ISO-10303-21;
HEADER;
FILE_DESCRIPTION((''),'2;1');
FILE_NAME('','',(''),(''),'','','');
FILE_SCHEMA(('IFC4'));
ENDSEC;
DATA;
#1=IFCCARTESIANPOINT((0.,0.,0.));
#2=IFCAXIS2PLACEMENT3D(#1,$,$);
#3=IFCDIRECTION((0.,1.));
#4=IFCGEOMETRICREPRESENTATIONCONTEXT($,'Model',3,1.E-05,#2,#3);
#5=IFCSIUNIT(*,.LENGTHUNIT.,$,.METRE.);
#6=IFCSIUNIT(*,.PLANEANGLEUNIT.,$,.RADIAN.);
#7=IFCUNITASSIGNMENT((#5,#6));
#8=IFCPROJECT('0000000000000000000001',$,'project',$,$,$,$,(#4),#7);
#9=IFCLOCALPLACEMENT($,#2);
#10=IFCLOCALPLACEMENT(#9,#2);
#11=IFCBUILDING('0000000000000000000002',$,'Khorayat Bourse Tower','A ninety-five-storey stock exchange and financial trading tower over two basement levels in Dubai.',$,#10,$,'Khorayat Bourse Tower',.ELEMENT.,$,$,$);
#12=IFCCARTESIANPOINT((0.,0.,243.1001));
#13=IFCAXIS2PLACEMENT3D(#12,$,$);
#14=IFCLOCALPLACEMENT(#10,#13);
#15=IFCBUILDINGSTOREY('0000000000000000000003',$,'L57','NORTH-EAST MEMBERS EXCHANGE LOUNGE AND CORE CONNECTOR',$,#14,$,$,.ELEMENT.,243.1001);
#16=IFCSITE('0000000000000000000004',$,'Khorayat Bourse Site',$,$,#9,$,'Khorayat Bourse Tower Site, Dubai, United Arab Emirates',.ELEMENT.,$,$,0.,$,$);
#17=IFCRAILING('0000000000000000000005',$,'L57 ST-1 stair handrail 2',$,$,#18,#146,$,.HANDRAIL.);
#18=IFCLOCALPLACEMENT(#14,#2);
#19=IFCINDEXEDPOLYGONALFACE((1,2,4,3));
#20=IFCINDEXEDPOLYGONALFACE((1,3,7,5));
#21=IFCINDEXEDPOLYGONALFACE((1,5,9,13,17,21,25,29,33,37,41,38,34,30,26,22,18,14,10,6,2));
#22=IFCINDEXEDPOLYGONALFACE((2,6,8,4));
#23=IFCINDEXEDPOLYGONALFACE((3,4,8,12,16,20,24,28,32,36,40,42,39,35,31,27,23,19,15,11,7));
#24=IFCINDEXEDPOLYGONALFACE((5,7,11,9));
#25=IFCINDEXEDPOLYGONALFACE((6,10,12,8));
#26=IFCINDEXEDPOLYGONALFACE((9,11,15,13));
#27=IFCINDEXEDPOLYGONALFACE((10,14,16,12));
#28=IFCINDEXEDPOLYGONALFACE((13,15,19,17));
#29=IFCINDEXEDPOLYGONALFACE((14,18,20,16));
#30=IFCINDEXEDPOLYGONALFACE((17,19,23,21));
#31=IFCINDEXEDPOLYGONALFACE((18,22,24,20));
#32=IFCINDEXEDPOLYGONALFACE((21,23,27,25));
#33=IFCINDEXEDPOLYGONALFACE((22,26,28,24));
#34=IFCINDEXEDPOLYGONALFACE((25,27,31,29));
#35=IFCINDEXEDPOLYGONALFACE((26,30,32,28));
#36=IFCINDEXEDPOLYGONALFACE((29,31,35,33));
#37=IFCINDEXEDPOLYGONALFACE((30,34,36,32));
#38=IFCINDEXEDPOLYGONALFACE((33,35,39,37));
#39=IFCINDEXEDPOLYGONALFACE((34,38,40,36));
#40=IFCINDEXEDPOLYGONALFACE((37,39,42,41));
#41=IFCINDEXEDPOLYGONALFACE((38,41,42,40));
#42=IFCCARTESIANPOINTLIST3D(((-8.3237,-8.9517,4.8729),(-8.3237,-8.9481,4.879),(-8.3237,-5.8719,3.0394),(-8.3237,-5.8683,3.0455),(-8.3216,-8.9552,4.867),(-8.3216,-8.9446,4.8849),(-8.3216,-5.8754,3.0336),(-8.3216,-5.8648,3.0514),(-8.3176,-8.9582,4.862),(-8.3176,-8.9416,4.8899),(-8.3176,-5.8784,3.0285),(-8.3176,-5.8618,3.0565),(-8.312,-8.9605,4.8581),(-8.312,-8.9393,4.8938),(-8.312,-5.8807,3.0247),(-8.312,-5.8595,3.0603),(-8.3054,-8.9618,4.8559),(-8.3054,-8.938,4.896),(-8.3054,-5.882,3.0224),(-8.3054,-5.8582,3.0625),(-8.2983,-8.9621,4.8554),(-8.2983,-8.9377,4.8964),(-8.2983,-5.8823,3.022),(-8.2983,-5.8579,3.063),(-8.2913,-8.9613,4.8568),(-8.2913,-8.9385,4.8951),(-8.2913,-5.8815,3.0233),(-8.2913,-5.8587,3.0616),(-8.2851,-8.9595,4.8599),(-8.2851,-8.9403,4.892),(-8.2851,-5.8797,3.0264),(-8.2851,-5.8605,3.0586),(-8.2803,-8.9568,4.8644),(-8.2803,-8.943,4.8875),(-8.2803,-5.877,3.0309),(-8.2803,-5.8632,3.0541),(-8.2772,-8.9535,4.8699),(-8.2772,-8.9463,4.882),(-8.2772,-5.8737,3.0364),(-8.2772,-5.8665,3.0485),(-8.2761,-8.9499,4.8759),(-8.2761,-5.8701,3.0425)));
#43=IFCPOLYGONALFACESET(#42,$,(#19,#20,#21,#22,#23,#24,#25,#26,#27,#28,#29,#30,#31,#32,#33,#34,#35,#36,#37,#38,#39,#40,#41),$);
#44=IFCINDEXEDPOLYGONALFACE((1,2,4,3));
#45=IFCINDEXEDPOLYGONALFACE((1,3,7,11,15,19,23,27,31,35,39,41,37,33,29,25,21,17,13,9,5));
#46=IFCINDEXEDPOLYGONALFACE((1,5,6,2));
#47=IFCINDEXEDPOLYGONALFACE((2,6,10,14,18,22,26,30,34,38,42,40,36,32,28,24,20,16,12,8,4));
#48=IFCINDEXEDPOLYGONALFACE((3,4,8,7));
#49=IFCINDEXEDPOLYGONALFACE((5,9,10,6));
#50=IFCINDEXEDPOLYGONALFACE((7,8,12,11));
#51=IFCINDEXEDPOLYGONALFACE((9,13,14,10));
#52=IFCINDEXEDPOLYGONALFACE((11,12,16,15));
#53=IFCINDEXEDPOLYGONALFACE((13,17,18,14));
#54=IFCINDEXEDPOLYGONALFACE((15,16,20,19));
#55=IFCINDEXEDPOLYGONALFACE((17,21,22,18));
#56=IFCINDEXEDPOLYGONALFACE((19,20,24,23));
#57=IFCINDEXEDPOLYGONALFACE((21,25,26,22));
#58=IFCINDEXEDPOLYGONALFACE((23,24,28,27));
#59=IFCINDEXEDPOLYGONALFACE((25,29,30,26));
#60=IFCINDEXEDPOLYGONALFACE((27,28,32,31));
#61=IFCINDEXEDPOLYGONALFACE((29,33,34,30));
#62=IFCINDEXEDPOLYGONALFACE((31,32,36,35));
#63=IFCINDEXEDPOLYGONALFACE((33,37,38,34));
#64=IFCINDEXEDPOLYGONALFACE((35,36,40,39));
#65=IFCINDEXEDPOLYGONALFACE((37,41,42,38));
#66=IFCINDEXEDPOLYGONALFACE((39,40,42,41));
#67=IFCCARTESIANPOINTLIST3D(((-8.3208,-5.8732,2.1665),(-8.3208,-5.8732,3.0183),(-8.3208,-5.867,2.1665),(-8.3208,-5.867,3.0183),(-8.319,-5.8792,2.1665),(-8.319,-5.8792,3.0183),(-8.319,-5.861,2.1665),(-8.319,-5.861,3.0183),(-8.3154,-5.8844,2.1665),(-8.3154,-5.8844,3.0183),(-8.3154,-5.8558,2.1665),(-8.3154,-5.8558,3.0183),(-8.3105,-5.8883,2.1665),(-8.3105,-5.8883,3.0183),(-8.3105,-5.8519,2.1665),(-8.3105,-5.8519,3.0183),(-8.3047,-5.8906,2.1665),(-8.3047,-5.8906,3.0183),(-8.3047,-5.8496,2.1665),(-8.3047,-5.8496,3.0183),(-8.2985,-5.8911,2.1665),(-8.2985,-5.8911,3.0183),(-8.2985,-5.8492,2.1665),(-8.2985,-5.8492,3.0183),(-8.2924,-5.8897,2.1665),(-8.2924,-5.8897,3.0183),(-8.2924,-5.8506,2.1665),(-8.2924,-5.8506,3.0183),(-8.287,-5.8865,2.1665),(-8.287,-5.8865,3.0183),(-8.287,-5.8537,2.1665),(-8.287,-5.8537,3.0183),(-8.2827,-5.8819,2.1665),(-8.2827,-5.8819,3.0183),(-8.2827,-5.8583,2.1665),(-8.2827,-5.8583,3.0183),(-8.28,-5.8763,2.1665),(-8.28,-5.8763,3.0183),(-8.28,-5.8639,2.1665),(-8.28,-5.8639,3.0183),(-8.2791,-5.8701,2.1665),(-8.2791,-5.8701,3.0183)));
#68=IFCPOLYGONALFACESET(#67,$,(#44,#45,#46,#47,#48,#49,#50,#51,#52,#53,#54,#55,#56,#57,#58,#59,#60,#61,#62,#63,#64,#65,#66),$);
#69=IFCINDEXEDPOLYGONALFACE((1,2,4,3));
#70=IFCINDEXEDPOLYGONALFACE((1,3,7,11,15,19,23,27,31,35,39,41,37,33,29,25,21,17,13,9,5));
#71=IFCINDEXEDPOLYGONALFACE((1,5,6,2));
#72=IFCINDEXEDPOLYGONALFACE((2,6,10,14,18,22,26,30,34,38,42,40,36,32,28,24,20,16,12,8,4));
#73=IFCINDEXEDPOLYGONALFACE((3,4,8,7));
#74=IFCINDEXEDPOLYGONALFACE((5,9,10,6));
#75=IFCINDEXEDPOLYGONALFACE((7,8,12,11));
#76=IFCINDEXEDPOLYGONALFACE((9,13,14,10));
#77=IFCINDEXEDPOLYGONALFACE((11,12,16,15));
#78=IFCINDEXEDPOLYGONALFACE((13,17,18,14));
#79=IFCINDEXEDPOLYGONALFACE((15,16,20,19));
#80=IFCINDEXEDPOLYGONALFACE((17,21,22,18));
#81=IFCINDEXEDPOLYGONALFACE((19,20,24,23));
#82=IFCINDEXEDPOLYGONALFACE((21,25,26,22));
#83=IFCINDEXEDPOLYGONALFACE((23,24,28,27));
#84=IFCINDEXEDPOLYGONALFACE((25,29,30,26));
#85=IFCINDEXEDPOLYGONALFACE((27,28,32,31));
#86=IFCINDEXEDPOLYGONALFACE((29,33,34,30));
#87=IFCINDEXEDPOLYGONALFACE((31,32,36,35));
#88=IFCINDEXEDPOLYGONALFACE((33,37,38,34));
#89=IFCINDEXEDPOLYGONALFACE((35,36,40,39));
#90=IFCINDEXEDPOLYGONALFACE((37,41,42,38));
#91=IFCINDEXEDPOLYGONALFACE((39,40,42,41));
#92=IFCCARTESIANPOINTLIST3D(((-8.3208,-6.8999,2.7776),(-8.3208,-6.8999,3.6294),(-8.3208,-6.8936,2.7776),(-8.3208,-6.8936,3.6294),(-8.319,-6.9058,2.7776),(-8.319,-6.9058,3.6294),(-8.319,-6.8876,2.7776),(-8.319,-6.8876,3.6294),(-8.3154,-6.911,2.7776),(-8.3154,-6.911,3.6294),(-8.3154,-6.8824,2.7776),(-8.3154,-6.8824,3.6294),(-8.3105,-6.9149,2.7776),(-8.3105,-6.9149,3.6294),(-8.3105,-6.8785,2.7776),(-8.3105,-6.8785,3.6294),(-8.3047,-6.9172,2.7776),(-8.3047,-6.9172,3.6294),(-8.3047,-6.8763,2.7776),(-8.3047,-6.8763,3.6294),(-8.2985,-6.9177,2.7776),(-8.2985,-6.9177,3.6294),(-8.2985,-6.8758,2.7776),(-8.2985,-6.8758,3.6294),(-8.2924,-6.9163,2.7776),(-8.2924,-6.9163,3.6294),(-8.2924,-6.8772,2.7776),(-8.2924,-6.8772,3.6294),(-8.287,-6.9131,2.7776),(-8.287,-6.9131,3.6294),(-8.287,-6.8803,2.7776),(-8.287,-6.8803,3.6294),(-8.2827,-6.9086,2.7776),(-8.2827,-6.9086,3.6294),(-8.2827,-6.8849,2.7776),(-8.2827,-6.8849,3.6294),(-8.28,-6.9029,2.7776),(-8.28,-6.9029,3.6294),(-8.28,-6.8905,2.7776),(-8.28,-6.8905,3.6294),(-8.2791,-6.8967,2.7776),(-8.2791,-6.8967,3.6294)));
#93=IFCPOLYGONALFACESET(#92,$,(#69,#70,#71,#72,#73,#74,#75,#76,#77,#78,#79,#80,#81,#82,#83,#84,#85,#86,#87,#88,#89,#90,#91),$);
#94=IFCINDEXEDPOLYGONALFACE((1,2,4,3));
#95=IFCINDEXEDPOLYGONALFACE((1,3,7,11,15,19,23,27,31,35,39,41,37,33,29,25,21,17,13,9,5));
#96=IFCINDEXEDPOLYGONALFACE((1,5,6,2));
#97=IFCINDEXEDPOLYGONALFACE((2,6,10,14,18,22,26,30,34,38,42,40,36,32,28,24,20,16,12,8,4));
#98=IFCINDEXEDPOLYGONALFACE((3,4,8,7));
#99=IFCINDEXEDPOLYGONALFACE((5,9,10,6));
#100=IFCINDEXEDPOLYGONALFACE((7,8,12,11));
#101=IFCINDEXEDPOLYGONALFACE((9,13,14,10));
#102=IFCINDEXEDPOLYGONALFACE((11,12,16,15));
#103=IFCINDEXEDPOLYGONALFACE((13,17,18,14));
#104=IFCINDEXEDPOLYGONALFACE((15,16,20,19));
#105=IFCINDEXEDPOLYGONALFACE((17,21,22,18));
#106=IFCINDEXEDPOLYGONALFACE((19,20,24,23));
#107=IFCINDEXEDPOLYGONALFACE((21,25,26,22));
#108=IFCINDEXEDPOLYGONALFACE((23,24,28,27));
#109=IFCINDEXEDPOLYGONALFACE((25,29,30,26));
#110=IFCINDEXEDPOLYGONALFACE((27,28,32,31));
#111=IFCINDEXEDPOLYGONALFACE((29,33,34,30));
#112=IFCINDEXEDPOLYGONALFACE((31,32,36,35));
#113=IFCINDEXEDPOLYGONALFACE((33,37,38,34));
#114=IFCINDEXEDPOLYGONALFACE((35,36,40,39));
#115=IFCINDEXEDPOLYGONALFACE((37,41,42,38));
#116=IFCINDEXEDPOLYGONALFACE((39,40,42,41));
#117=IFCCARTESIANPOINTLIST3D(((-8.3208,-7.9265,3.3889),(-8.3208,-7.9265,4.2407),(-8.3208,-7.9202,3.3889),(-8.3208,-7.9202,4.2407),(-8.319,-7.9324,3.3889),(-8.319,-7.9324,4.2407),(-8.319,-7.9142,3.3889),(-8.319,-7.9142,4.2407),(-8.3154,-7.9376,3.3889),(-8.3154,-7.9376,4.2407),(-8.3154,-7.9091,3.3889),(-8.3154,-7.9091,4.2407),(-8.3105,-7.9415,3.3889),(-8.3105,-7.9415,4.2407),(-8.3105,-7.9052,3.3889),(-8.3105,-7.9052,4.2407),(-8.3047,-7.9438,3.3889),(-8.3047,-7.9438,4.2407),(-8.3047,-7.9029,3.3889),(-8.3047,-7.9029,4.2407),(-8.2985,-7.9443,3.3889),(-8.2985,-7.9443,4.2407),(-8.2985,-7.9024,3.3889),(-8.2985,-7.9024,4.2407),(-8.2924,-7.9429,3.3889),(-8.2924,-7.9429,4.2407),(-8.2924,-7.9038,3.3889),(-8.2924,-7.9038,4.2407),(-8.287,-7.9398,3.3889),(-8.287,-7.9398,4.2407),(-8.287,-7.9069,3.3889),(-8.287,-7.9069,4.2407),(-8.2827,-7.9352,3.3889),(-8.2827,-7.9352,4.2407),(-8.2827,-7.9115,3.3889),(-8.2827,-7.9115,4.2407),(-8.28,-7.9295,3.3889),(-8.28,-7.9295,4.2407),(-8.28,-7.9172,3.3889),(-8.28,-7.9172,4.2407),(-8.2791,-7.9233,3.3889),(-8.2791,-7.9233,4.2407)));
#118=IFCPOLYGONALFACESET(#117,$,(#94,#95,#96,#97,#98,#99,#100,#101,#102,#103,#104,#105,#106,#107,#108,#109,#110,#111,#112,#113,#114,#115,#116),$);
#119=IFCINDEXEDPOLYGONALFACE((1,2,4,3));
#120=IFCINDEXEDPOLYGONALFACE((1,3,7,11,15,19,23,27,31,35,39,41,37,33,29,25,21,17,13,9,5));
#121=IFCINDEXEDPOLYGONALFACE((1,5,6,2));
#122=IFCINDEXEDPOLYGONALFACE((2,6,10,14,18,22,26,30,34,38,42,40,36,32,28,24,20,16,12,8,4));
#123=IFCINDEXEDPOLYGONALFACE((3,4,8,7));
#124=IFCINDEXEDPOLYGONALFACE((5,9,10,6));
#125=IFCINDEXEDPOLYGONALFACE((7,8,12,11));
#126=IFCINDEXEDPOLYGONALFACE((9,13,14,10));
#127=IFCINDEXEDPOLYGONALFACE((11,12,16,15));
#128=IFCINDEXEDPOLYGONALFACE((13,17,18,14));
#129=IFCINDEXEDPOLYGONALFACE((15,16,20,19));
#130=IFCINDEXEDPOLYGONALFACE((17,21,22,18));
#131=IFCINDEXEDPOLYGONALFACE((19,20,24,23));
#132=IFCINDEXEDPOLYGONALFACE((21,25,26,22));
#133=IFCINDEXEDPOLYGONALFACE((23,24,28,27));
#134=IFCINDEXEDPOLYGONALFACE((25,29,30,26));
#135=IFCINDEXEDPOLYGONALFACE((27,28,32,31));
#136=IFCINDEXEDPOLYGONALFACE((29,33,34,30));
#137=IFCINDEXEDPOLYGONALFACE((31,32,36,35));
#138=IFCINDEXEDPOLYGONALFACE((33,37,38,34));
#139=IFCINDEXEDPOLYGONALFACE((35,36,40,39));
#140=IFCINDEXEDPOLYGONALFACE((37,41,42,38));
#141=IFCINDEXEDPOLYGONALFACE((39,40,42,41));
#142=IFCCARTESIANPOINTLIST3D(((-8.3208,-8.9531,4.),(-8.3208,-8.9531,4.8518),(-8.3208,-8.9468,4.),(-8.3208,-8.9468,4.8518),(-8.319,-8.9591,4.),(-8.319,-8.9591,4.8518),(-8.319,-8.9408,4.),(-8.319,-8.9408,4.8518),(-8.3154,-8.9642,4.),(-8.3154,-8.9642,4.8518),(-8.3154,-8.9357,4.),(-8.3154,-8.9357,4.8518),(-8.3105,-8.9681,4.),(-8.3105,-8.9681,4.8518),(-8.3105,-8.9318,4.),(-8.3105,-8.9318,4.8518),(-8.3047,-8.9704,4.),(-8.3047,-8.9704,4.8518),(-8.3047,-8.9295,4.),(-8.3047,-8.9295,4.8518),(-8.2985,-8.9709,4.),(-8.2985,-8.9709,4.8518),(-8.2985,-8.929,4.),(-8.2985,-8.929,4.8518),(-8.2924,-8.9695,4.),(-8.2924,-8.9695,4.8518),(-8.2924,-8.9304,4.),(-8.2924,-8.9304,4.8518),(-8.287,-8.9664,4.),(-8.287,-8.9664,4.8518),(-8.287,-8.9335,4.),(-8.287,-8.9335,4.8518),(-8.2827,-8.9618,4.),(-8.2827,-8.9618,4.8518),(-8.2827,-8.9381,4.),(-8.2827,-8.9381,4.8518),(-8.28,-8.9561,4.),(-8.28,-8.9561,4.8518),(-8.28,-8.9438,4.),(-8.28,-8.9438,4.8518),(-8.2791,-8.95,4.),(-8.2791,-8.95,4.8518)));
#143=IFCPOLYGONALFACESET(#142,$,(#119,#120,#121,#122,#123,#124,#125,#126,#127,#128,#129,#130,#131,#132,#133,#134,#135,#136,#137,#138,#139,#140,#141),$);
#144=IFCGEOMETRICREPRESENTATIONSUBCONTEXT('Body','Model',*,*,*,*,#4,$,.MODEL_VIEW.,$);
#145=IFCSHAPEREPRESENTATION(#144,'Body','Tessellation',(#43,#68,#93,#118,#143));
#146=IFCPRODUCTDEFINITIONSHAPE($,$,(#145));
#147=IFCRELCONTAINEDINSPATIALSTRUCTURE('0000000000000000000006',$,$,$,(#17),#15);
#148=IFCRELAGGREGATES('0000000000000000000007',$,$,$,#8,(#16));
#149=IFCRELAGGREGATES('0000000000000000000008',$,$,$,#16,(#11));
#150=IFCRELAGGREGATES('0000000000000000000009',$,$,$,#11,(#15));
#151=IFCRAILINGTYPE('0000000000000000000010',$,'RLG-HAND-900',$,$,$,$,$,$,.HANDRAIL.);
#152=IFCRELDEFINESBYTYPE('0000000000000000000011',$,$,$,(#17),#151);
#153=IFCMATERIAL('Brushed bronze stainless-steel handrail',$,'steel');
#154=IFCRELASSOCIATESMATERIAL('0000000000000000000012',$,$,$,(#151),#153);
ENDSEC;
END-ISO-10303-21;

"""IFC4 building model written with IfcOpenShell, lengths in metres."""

from ifc_helpers import new_model, si_unit, direction, frame, origin, origin_2d, place, context, subcontext, project, spatial, circle, extrude, source, transform, mapped, material, type_object, element, save


model = new_model("IFC4")

# Units and contexts
model_context = context("Model", 3, precision=1e-05, world=origin(), true_north=direction((0.0, 1.0)))
body_context = subcontext(model_context, "Body", "Model", "MODEL_VIEW")
ifc_project = project(units=[si_unit("LENGTHUNIT", "METRE"), si_unit("PLANEANGLEUNIT", "RADIAN")], contexts=[model_context])

# Site, building, storey
site_placement = place(None, origin())
site = spatial("IfcSite", under=ifc_project, at=site_placement, Name="Khorayat Bourse Site", LongName="Khorayat Bourse Tower Site, Dubai, United Arab Emirates", CompositionType="ELEMENT", RefElevation=0.0)
building_placement = place(site_placement, origin())
building = spatial("IfcBuilding", under=site, at=building_placement, Name="Khorayat Bourse Tower", Description="A ninety-five-storey stock exchange and financial trading tower over two basement levels in Dubai.", LongName="Khorayat Bourse Tower", CompositionType="ELEMENT")
storey_placement = place(building_placement, frame((0.0, 0.0, 243.1001)))
storey = spatial("IfcBuildingStorey", under=building, at=storey_placement, Name="L57", Description="NORTH-EAST MEMBERS EXCHANGE LOUNGE AND CORE CONNECTOR", CompositionType="ELEMENT", Elevation=243.1001)

# Railing
ifc_material_1 = material(Name="Brushed bronze stainless-steel handrail", Category="steel")
railing_type_1 = type_object("IfcRailingType", Name="RLG-HAND-900", PredefinedType="HANDRAIL", material=ifc_material_1)
shared_shape_1 = source(origin(), body_context, "Body", "SweptSolid", [
    extrude(circle(Radius=0.0239, at=origin_2d()), frame((0.0, 0.0, 0.876), z_axis=(0.0, -0.859261, 0.511538), x_axis=(1.0, 0.0, 0.0)), (0.0, 0.0, 1.0), 3.5842),
    extrude(circle(Radius=0.021, at=origin_2d()), origin(), (0.0, 0.0, 1.0), 0.8518),
    extrude(circle(Radius=0.021, at=origin_2d()), frame((0.0, -1.0266, 0.6111)), (0.0, 0.0, 1.0), 0.8518),
    extrude(circle(Radius=0.021, at=origin_2d()), frame((0.0, -2.0532, 1.2224)), (0.0, 0.0, 1.0), 0.8518),
    extrude(circle(Radius=0.021, at=origin_2d()), frame((0.0, -3.0798, 1.8335)), (0.0, 0.0, 1.0), 0.8518),
])
railing_1_placement = place(storey_placement, frame((-8.3, -5.8701, 2.1665)))
element("IfcRailing", 1, at=railing_1_placement, inside=storey, type_object=railing_type_1, Name="L57 ST-1 stair handrail 2", PredefinedType="HANDRAIL", context=body_context, shape_type="MappedRepresentation", body=[
    mapped(shared_shape_1, transform((0.0, 0.0, 0.0), scale=1.0)),
])

save(model, "model.ifc")
